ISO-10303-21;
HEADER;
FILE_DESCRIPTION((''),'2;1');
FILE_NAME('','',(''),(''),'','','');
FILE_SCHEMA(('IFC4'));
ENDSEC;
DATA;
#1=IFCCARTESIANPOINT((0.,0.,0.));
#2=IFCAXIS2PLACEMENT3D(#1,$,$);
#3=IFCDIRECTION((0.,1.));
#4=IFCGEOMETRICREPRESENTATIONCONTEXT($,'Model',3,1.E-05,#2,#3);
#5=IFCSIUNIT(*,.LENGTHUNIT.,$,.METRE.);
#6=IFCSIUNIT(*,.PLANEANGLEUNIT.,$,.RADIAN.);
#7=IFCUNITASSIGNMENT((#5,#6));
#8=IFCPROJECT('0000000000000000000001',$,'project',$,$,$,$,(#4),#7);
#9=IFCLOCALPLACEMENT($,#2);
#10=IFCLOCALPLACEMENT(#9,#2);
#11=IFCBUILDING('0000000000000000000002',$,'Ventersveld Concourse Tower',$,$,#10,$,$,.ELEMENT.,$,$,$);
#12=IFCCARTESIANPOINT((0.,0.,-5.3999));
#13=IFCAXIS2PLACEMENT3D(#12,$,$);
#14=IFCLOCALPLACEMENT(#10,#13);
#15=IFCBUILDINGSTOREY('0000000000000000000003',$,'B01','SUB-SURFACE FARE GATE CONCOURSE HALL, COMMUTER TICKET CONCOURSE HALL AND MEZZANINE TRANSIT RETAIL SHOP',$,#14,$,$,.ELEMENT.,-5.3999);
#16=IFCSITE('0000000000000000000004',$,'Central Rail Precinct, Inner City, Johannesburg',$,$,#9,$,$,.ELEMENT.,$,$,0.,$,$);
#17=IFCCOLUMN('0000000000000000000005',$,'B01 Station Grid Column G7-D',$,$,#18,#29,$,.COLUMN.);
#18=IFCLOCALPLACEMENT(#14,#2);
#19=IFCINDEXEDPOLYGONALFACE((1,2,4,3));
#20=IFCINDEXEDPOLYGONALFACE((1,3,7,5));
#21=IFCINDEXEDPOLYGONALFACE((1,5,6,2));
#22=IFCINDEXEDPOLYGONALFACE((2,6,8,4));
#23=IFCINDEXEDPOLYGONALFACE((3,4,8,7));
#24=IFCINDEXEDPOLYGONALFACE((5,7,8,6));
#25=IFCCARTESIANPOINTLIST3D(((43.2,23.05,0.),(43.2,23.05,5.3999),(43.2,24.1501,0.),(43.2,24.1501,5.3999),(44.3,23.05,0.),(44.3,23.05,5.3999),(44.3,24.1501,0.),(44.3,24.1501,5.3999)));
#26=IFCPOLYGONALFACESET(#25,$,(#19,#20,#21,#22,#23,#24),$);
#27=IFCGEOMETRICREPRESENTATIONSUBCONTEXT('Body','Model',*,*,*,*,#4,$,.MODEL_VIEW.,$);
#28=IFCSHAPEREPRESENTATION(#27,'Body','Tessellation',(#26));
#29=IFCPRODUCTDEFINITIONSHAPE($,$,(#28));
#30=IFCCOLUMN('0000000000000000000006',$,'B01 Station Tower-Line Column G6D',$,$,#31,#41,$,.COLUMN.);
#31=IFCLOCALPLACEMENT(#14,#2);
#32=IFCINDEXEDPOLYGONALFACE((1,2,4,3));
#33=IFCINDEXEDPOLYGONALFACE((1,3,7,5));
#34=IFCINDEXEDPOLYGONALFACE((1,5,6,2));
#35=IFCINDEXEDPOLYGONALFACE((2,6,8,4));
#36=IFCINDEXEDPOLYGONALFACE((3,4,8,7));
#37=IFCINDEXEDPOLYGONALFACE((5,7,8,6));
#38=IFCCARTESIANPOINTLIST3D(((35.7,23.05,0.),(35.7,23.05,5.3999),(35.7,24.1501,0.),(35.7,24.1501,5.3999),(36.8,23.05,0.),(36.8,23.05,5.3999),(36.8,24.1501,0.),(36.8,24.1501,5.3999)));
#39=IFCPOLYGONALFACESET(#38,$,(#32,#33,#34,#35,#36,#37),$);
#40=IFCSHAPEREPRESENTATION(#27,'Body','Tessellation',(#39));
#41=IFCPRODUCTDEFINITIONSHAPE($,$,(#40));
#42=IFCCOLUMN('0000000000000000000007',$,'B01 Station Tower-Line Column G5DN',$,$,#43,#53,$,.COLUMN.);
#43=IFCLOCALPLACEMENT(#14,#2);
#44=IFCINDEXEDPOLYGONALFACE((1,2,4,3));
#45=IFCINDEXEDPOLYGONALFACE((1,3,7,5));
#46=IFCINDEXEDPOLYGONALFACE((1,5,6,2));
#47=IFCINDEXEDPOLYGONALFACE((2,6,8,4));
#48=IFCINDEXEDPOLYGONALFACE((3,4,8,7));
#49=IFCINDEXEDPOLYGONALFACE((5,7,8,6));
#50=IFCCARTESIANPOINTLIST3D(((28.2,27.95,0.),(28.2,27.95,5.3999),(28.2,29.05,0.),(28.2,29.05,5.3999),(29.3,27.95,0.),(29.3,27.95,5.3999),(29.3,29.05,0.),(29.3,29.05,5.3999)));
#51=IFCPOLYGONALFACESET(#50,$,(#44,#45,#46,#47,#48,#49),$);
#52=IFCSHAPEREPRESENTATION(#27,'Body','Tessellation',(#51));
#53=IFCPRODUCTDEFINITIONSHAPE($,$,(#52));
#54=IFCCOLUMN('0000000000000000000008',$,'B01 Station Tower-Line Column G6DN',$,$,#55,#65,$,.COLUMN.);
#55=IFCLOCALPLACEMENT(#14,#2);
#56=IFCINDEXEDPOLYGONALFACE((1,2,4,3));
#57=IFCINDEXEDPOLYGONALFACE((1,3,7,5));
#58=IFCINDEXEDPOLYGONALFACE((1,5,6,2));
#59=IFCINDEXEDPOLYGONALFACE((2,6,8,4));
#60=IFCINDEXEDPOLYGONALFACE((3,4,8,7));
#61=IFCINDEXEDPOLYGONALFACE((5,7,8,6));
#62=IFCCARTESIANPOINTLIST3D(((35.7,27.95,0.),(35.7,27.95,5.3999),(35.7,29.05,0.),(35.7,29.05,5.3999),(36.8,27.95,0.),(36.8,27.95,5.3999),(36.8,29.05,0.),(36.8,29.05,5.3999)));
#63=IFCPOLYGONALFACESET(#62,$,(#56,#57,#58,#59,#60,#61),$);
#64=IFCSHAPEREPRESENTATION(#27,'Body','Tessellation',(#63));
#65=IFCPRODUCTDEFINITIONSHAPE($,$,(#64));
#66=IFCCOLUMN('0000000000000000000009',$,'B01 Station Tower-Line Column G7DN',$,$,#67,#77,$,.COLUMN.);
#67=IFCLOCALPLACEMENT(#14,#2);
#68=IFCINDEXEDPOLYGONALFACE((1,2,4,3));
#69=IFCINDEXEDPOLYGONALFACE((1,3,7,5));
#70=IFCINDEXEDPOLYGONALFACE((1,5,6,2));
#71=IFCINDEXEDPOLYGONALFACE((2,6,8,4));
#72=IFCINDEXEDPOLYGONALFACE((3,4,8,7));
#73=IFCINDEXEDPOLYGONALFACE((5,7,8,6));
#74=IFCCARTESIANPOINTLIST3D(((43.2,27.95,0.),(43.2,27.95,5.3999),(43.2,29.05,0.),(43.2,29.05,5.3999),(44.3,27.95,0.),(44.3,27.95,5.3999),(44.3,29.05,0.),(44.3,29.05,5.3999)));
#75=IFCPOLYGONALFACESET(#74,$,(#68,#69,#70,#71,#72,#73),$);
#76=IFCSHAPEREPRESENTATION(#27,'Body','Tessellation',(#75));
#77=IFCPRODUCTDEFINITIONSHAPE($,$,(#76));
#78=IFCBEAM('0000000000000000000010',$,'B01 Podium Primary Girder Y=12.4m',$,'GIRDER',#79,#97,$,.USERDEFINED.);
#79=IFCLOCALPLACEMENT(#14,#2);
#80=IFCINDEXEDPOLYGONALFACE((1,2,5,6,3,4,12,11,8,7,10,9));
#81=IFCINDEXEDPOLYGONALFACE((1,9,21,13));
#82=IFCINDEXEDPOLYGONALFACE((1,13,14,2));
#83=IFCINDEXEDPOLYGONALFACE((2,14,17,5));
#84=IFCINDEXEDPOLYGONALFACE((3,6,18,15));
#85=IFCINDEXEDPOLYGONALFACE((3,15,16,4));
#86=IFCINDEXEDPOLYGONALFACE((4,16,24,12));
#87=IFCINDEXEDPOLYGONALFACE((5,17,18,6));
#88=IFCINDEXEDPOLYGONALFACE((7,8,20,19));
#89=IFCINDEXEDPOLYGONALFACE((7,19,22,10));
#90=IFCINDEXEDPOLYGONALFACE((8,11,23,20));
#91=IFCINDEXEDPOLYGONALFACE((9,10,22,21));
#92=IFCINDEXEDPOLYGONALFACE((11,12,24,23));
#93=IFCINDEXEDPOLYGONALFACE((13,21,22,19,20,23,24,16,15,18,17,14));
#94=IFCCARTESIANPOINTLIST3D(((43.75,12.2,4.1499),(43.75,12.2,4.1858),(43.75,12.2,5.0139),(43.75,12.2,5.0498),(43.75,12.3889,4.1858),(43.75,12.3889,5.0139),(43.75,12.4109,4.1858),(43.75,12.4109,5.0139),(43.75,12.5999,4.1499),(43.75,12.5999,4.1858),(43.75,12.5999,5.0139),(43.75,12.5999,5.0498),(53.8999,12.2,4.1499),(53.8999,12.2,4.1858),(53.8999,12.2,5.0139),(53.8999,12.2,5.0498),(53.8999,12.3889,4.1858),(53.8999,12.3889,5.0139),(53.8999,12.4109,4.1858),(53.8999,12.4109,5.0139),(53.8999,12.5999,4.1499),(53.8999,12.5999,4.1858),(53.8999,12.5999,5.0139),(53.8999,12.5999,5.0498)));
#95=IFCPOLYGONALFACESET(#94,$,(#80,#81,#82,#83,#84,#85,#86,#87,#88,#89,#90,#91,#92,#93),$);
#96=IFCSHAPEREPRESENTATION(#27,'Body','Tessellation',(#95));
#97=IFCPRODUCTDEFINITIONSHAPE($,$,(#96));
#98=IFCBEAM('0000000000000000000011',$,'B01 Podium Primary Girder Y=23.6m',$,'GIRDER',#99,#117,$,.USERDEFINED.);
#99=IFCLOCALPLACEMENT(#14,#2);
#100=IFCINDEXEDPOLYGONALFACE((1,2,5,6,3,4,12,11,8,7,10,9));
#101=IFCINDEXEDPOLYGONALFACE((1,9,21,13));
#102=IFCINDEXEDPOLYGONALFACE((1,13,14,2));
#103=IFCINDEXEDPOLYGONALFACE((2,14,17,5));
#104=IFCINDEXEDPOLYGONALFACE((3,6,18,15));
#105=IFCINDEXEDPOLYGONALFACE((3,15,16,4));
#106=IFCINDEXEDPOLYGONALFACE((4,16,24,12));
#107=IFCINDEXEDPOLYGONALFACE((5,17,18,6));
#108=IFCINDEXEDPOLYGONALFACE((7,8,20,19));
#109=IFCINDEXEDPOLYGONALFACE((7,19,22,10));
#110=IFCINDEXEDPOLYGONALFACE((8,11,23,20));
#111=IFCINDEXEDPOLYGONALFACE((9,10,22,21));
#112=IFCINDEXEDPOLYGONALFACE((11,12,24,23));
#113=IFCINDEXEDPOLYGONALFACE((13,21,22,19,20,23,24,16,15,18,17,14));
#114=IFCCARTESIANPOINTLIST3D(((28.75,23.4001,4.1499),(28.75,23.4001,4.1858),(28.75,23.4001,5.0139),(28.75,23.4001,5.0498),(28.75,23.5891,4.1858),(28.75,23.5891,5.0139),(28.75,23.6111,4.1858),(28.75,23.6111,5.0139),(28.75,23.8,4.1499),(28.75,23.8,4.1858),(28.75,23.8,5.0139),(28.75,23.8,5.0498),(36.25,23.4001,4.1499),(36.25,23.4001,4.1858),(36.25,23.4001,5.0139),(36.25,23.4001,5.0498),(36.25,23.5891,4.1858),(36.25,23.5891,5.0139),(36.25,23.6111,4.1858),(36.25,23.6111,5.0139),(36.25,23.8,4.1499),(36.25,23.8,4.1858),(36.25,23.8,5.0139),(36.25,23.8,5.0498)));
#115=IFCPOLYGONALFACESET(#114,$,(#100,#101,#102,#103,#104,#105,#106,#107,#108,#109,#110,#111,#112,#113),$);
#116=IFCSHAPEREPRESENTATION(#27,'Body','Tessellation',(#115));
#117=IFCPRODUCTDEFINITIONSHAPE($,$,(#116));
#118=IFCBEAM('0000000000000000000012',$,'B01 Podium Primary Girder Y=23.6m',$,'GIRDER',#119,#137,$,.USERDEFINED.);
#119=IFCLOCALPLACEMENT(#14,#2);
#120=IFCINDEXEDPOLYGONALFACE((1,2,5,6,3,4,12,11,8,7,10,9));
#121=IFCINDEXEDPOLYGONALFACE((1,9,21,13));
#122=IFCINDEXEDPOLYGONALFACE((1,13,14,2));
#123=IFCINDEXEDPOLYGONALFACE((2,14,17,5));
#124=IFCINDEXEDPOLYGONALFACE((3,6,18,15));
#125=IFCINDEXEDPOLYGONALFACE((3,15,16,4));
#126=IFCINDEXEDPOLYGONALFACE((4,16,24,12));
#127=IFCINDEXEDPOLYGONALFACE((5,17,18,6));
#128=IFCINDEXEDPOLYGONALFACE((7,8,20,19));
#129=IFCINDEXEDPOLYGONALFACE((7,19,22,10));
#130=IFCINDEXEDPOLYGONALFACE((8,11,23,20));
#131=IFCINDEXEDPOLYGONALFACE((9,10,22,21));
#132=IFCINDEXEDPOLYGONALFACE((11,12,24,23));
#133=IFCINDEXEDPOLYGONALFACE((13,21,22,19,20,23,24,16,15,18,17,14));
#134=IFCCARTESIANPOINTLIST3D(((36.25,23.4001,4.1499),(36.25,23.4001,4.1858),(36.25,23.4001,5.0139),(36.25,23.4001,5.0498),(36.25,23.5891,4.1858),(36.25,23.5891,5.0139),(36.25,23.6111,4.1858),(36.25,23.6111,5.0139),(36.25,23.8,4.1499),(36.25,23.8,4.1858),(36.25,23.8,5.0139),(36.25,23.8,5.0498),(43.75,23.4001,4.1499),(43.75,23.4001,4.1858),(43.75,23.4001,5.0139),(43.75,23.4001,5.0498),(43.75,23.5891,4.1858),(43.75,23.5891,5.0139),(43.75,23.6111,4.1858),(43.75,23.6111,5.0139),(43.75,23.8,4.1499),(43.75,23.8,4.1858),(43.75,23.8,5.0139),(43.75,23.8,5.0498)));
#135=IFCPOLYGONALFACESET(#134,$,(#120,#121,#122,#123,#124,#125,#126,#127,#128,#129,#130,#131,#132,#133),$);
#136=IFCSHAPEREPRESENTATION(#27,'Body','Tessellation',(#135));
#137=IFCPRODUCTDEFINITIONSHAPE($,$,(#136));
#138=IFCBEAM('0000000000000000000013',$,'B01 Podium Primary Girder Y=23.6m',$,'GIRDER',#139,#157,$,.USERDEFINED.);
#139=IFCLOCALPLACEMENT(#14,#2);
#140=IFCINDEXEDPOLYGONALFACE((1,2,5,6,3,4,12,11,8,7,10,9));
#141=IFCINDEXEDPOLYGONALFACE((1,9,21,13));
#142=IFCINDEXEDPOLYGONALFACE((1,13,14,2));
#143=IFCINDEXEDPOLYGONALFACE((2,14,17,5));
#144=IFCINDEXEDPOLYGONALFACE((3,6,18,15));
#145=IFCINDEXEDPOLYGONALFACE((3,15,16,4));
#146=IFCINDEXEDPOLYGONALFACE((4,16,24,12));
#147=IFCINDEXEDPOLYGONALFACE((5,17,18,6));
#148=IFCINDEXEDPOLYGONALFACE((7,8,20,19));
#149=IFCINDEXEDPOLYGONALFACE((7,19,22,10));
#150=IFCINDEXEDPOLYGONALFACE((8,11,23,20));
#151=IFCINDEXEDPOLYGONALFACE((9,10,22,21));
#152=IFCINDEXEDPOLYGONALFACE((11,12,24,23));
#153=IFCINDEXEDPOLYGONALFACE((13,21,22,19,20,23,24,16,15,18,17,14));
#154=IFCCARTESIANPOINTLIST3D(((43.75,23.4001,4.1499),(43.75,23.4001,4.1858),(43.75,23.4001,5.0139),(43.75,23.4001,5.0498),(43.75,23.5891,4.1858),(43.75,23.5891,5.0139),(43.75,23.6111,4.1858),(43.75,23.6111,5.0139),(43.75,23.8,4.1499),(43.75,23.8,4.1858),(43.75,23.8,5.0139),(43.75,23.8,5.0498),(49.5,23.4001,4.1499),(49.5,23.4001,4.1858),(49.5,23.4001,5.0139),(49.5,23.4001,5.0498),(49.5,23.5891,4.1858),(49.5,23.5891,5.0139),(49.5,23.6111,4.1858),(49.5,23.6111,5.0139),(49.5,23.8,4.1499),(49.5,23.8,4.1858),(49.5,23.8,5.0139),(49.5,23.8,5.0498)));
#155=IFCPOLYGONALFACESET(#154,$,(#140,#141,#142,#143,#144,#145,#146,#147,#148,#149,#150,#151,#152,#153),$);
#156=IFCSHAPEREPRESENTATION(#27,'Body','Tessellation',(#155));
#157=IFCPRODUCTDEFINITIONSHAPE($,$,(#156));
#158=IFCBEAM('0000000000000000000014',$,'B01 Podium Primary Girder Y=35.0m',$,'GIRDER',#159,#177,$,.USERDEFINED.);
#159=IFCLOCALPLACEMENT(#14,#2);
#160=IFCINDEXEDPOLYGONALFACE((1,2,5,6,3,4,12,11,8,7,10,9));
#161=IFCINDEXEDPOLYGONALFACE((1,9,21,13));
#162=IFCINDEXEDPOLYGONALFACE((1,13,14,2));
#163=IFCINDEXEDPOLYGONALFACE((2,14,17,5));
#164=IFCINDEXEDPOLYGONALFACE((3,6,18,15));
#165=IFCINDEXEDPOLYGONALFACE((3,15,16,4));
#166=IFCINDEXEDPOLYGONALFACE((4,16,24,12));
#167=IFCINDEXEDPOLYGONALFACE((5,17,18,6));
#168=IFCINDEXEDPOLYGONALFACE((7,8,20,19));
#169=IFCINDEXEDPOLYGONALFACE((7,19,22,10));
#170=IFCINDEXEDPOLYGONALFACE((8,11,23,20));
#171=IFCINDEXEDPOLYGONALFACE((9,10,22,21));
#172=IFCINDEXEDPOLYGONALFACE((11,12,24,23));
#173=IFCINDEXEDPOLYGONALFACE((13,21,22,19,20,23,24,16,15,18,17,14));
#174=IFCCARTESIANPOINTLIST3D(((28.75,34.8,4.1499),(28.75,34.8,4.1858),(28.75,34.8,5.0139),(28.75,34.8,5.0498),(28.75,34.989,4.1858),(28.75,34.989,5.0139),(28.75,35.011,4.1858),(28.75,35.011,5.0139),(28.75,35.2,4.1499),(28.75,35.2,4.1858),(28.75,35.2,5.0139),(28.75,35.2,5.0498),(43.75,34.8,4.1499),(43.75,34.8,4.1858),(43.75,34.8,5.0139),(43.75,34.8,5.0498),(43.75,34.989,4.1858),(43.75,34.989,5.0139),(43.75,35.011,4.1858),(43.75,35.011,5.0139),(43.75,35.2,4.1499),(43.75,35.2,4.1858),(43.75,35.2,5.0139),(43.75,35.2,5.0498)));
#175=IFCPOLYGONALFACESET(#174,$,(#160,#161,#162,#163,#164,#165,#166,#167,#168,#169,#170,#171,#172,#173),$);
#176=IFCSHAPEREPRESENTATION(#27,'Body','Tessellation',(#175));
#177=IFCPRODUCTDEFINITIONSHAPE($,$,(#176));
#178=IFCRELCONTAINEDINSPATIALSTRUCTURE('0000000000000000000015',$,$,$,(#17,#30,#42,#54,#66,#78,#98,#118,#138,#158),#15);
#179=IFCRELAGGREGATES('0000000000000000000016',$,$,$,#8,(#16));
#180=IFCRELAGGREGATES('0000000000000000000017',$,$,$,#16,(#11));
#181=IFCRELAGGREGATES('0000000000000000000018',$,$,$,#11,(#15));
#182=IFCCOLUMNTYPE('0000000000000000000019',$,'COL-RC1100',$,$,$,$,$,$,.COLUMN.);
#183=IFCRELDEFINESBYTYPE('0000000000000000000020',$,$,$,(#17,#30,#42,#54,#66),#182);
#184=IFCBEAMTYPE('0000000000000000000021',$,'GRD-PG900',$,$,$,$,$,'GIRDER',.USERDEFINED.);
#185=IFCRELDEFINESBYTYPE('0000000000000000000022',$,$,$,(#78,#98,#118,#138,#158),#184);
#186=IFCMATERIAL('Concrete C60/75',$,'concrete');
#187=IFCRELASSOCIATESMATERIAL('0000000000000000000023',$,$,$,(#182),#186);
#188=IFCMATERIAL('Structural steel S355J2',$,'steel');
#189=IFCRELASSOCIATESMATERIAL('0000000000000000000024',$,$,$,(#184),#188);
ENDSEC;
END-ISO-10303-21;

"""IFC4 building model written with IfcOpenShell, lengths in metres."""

from ifc_helpers import new_model, si_unit, direction, frame, origin, origin_2d, place, context, subcontext, project, spatial, rectangle, i_section, extrude, material, material_profile, profile_set, type_object, element, save


model = new_model("IFC4")

# Units and contexts
model_context = context("Model", 3, precision=1e-05, world=origin(), true_north=direction((0.0, 1.0)))
body_context = subcontext(model_context, "Body", "Model", "MODEL_VIEW")
ifc_project = project(units=[si_unit("LENGTHUNIT", "METRE"), si_unit("PLANEANGLEUNIT", "RADIAN")], contexts=[model_context])

# Site, building, storey
site_placement = place(None, origin())
site = spatial("IfcSite", under=ifc_project, at=site_placement, Name="Central Rail Precinct, Inner City, Johannesburg", CompositionType="ELEMENT", RefElevation=0.0)
building_placement = place(site_placement, origin())
building = spatial("IfcBuilding", under=site, at=building_placement, Name="Ventersveld Concourse Tower", CompositionType="ELEMENT")
storey_placement = place(building_placement, frame((0.0, 0.0, -5.3999)))
storey = spatial("IfcBuildingStorey", under=building, at=storey_placement, Name="B01", Description="SUB-SURFACE FARE GATE CONCOURSE HALL, COMMUTER TICKET CONCOURSE HALL AND MEZZANINE TRANSIT RETAIL SHOP", CompositionType="ELEMENT", Elevation=-5.3999)

# Columns
ifc_material_1 = material(Name="Concrete C60/75", Category="concrete")
ifc_material_profile_1 = material_profile(ifc_material_1, rectangle(XDim=1.1001, YDim=1.1001, at=origin_2d()), Name="RC 1100x1100")
ifc_profile_set_1 = profile_set([ifc_material_profile_1], Name="Concrete C60/75")
column_type = type_object("IfcColumnType", Name="COL-RC1100", PredefinedType="COLUMN", material=ifc_profile_set_1)
for number, where, z_axis, x_axis, name in (
    (1, (43.75, 23.6001, 0.0), (0.0, 0.0, 1.0), (1.0, 0.0, 0.0), "B01 Station Grid Column G7-D"),
    (2, (36.25, 23.6001, 0.0), (0.0, 0.0, 1.0), (1.0, 0.0, 0.0), "B01 Station Tower-Line Column G6D"),
    (3, (28.75, 28.5, 0.0), (0.0, 0.0, 1.0), (1.0, 0.0, 0.0), "B01 Station Tower-Line Column G5DN"),
    (4, (36.25, 28.5, 0.0), (0.0, 0.0, 1.0), (1.0, 0.0, 0.0), "B01 Station Tower-Line Column G6DN"),
    (5, (43.75, 28.5, 0.0), (0.0, 0.0, 1.0), (1.0, 0.0, 0.0), "B01 Station Tower-Line Column G7DN"),
):
    element("IfcColumn", number, at=place(storey_placement, frame(where, z_axis=z_axis, x_axis=x_axis)), inside=storey, type_object=column_type, Name=name, PredefinedType="COLUMN", context=body_context, shape_type="SweptSolid", body=[
        extrude(rectangle(XDim=1.1001, YDim=1.1001, at=origin_2d()), origin(), (0.0, 0.0, 1.0), 5.3999),
    ])

# Beams
ifc_material_2 = material(Name="Structural steel S355J2", Category="steel")
ifc_material_profile_2 = material_profile(ifc_material_2, i_section(OverallWidth=0.3999, OverallDepth=0.8999, WebThickness=0.022, FlangeThickness=0.0359, at=origin_2d()), Name="PG 900x400x36")
ifc_profile_set_2 = profile_set([ifc_material_profile_2], Name="Structural steel S355J2")
beam_type_1 = type_object("IfcBeamType", Name="GRD-PG900", ElementType="GIRDER", PredefinedType="USERDEFINED", material=ifc_profile_set_2)
beam_1_placement = place(storey_placement, frame((43.75, 12.3999, 4.5999), z_axis=(1.0, 0.0, 0.0), x_axis=(0.0, 1.0, 0.0)))
element("IfcBeam", 6, at=beam_1_placement, inside=storey, type_object=beam_type_1, Name="B01 Podium Primary Girder Y=12.4m", ObjectType="GIRDER", PredefinedType="USERDEFINED", context=body_context, shape_type="SweptSolid", body=[
    extrude(i_section(OverallWidth=0.3999, OverallDepth=0.8999, WebThickness=0.022, FlangeThickness=0.0359, at=origin_2d()), origin(), (0.0, 0.0, 1.0), 10.1499),
])
for number, where, z_axis, x_axis, name in (
    (7, (28.75, 23.6001, 4.5999), (1.0, 0.0, 0.0), (0.0, 1.0, 0.0), "B01 Podium Primary Girder Y=23.6m"),
    (8, (36.25, 23.6001, 4.5999), (1.0, 0.0, 0.0), (0.0, 1.0, 0.0), "B01 Podium Primary Girder Y=23.6m"),
):
    element("IfcBeam", number, at=place(storey_placement, frame(where, z_axis=z_axis, x_axis=x_axis)), inside=storey, type_object=beam_type_1, Name=name, ObjectType="GIRDER", PredefinedType="USERDEFINED", context=body_context, shape_type="SweptSolid", body=[
        extrude(i_section(OverallWidth=0.3999, OverallDepth=0.8999, WebThickness=0.022, FlangeThickness=0.0359, at=origin_2d()), origin(), (0.0, 0.0, 1.0), 7.5),
    ])
beam_2_placement = place(storey_placement, frame((43.75, 23.6001, 4.5999), z_axis=(1.0, 0.0, 0.0), x_axis=(0.0, 1.0, 0.0)))
element("IfcBeam", 9, at=beam_2_placement, inside=storey, type_object=beam_type_1, Name="B01 Podium Primary Girder Y=23.6m", ObjectType="GIRDER", PredefinedType="USERDEFINED", context=body_context, shape_type="SweptSolid", body=[
    extrude(i_section(OverallWidth=0.3999, OverallDepth=0.8999, WebThickness=0.022, FlangeThickness=0.0359, at=origin_2d()), origin(), (0.0, 0.0, 1.0), 5.75),
])
beam_3_placement = place(storey_placement, frame((28.75, 35.0, 4.5999), z_axis=(1.0, 0.0, 0.0), x_axis=(0.0, 1.0, 0.0)))
element("IfcBeam", 10, at=beam_3_placement, inside=storey, type_object=beam_type_1, Name="B01 Podium Primary Girder Y=35.0m", ObjectType="GIRDER", PredefinedType="USERDEFINED", context=body_context, shape_type="SweptSolid", body=[
    extrude(i_section(OverallWidth=0.3999, OverallDepth=0.8999, WebThickness=0.022, FlangeThickness=0.0359, at=origin_2d()), origin(), (0.0, 0.0, 1.0), 15.0),
])

save(model, "model.ifc")
